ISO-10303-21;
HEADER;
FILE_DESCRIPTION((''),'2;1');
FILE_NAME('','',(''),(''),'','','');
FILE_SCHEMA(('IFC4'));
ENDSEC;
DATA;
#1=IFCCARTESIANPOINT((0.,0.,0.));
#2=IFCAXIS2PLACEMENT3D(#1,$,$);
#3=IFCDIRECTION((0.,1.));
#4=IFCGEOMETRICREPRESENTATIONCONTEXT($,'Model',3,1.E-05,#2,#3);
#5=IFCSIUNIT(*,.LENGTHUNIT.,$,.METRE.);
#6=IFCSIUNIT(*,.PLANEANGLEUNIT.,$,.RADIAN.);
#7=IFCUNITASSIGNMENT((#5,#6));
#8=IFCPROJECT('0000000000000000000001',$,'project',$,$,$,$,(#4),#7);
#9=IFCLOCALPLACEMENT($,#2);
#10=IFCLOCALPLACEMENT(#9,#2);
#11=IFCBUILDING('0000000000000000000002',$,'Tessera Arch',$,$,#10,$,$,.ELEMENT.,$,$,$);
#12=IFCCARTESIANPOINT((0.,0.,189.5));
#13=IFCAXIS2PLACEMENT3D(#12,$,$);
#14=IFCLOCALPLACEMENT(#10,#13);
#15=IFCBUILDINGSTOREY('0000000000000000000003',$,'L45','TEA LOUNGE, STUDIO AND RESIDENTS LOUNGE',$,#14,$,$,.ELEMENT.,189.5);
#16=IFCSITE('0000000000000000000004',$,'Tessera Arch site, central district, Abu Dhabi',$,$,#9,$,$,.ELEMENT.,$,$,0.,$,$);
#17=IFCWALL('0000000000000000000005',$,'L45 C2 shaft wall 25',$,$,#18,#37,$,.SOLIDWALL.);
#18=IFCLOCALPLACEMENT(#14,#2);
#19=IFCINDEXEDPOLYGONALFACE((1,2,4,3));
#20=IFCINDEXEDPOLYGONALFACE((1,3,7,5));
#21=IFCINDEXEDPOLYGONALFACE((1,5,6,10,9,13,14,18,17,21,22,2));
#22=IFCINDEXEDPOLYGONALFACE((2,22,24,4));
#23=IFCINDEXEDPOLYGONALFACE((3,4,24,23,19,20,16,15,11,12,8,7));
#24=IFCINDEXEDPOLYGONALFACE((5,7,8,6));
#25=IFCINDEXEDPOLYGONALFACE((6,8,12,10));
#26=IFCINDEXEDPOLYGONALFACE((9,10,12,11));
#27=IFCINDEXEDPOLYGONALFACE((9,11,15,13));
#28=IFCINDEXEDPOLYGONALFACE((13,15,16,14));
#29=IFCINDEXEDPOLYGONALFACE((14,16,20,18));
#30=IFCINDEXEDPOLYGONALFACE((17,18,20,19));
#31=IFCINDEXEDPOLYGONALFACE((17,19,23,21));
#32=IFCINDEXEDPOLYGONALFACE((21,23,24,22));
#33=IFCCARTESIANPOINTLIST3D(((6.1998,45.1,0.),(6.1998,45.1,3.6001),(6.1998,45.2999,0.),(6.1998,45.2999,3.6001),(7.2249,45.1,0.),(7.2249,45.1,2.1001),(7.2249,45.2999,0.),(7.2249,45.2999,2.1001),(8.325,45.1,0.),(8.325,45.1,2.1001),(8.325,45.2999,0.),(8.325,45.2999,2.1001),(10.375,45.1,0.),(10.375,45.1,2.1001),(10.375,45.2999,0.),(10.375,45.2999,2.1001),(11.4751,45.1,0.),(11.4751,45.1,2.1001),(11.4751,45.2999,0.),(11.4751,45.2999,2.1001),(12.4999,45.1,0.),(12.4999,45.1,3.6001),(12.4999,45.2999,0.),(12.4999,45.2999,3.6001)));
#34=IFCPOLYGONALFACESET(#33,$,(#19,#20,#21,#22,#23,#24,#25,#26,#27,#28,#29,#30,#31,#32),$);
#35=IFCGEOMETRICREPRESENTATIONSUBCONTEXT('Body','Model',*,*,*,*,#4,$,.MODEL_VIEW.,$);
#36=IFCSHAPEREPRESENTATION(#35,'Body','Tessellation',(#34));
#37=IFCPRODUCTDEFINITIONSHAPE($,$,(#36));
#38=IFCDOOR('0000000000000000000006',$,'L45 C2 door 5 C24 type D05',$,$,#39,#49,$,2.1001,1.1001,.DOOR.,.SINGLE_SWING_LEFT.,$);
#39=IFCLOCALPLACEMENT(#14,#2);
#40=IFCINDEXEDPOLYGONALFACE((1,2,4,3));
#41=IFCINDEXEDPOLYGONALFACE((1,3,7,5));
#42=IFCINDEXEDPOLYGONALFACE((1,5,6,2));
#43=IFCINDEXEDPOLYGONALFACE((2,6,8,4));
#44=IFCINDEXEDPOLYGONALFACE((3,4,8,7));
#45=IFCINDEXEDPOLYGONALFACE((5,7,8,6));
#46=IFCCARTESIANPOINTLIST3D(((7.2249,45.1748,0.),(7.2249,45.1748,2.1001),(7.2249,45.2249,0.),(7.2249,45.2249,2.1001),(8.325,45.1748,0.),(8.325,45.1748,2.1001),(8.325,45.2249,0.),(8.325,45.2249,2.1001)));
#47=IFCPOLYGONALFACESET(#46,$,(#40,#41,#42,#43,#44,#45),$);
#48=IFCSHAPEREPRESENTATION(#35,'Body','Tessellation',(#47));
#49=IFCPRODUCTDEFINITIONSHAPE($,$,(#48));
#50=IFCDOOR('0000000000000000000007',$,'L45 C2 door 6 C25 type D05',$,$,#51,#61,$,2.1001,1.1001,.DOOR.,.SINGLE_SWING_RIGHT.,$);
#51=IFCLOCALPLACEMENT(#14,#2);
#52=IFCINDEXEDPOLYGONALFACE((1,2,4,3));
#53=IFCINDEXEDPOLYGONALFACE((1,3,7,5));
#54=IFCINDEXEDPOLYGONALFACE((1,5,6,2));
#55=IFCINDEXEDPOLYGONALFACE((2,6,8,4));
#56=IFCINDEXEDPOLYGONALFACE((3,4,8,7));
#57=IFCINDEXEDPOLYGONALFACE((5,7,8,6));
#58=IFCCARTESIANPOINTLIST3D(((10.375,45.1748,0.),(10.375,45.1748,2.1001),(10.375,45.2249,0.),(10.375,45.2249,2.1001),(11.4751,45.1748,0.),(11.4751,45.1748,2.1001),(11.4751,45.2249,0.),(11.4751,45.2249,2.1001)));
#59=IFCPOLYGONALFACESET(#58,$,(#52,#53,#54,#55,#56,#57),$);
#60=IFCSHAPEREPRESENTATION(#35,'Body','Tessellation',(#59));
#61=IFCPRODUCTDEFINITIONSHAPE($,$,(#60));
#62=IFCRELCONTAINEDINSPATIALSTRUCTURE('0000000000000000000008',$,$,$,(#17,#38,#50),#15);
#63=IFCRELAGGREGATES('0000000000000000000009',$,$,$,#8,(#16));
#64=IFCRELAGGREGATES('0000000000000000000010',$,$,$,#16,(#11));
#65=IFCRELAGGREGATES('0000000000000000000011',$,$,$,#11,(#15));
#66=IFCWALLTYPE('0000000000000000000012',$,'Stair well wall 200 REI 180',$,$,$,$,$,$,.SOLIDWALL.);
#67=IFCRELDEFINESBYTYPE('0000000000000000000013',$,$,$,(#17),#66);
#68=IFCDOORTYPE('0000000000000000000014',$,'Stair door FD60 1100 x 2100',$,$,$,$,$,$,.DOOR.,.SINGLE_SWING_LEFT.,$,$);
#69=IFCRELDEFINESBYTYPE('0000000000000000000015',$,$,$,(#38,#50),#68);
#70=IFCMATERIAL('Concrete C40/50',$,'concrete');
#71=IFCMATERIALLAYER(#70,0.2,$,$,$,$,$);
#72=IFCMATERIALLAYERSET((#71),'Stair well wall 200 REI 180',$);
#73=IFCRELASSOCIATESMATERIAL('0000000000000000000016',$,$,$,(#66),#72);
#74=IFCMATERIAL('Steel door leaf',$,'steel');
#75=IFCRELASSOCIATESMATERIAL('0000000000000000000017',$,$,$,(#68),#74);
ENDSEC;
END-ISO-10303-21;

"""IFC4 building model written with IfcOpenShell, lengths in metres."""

from ifc_helpers import new_model, si_unit, direction, frame, frame_2d, origin, place, context, subcontext, project, spatial, rectangle, extrude, material, layer, layer_set, type_object, element, fill, save


model = new_model("IFC4")

# Units and contexts
model_context = context("Model", 3, precision=1e-05, world=origin(), true_north=direction((0.0, 1.0)))
body_context = subcontext(model_context, "Body", "Model", "MODEL_VIEW")
ifc_project = project(units=[si_unit("LENGTHUNIT", "METRE"), si_unit("PLANEANGLEUNIT", "RADIAN")], contexts=[model_context])

# Site, building, storey
site_placement = place(None, origin())
site = spatial("IfcSite", under=ifc_project, at=site_placement, Name="Tessera Arch site, central district, Abu Dhabi", CompositionType="ELEMENT", RefElevation=0.0)
building_placement = place(site_placement, origin())
building = spatial("IfcBuilding", under=site, at=building_placement, Name="Tessera Arch", CompositionType="ELEMENT")
storey_placement = place(building_placement, frame((0.0, 0.0, 189.5)))
storey = spatial("IfcBuildingStorey", under=building, at=storey_placement, Name="L45", Description="TEA LOUNGE, STUDIO AND RESIDENTS LOUNGE", CompositionType="ELEMENT", Elevation=189.5)

# Wall, openings, doors
ifc_material_1 = material(Name="Concrete C40/50", Category="concrete")
ifc_layer_1 = layer(ifc_material_1, 0.2)
ifc_layer_set_1 = layer_set([ifc_layer_1], Name="Stair well wall 200 REI 180")
wall_type_1 = type_object("IfcWallType", Name="Stair well wall 200 REI 180", PredefinedType="SOLIDWALL", material=ifc_layer_set_1)
wall_1_placement = place(storey_placement, frame((6.2, 45.2, 0.0), z_axis=(0.0, 0.0, 1.0), x_axis=(1.0, 0.0, 0.0)))
wall_1 = element("IfcWall", 1, at=wall_1_placement, inside=storey, type_object=wall_type_1, Name="L45 C2 shaft wall 25", PredefinedType="SOLIDWALL", context=body_context, shape_type="SweptSolid", body=[
    extrude(rectangle(XDim=6.3, YDim=0.2, at=frame_2d((3.1499, 0.0))), origin(), (0.0, 0.0, 1.0), 3.6001),
])
opening_1_placement = place(wall_1_placement, frame((1.0249, 0.0, 0.0)))
opening_1 = element("IfcOpeningElement", 2, at=opening_1_placement, cuts=wall_1, PredefinedType="OPENING", context=body_context, shape_type="SweptSolid", body=[
    extrude(rectangle(XDim=1.1001, YDim=2.1001, at=frame_2d((0.55, 1.05))), frame((0.0, 0.1099, 0.0), z_axis=(0.0, -1.0, 0.0), x_axis=(1.0, 0.0, 0.0)), (0.0, 0.0, 1.0), 0.22),
])
opening_2_placement = place(wall_1_placement, frame((4.175, 0.0, 0.0)))
opening_2 = element("IfcOpeningElement", 3, at=opening_2_placement, cuts=wall_1, PredefinedType="OPENING", context=body_context, shape_type="SweptSolid", body=[
    extrude(rectangle(XDim=1.1001, YDim=2.1001, at=frame_2d((0.55, 1.05))), frame((0.0, 0.1099, 0.0), z_axis=(0.0, -1.0, 0.0), x_axis=(1.0, 0.0, 0.0)), (0.0, 0.0, 1.0), 0.22),
])
ifc_material_2 = material(Name="Steel door leaf", Category="steel")
door_type_1 = type_object("IfcDoorType", Name="Stair door FD60 1100 x 2100", OperationType="SINGLE_SWING_LEFT", PredefinedType="DOOR", material=ifc_material_2)
door_1_placement = place(opening_1_placement, origin())
door_1 = element("IfcDoor", 4, at=door_1_placement, inside=storey, type_object=door_type_1, Name="L45 C2 door 5 C24 type D05", OperationType="SINGLE_SWING_LEFT", OverallHeight=2.1001, OverallWidth=1.1001, PredefinedType="DOOR", context=body_context, shape_type="SweptSolid", body=[
    extrude(rectangle(XDim=1.1001, YDim=2.1001, at=frame_2d((0.55, 1.05))), frame((0.0, 0.0249, 0.0), z_axis=(0.0, -1.0, 0.0), x_axis=(1.0, 0.0, 0.0)), (0.0, 0.0, 1.0), 0.05),
])
fill(opening_1, door_1)
door_2_placement = place(opening_2_placement, origin())
door_2 = element("IfcDoor", 5, at=door_2_placement, inside=storey, type_object=door_type_1, Name="L45 C2 door 6 C25 type D05", OperationType="SINGLE_SWING_RIGHT", OverallHeight=2.1001, OverallWidth=1.1001, PredefinedType="DOOR", context=body_context, shape_type="SweptSolid", body=[
    extrude(rectangle(XDim=1.1001, YDim=2.1001, at=frame_2d((0.55, 1.05))), frame((0.0, 0.0249, 0.0), z_axis=(0.0, -1.0, 0.0), x_axis=(1.0, 0.0, 0.0)), (0.0, 0.0, 1.0), 0.05),
])
fill(opening_2, door_2)

save(model, "model.ifc")
